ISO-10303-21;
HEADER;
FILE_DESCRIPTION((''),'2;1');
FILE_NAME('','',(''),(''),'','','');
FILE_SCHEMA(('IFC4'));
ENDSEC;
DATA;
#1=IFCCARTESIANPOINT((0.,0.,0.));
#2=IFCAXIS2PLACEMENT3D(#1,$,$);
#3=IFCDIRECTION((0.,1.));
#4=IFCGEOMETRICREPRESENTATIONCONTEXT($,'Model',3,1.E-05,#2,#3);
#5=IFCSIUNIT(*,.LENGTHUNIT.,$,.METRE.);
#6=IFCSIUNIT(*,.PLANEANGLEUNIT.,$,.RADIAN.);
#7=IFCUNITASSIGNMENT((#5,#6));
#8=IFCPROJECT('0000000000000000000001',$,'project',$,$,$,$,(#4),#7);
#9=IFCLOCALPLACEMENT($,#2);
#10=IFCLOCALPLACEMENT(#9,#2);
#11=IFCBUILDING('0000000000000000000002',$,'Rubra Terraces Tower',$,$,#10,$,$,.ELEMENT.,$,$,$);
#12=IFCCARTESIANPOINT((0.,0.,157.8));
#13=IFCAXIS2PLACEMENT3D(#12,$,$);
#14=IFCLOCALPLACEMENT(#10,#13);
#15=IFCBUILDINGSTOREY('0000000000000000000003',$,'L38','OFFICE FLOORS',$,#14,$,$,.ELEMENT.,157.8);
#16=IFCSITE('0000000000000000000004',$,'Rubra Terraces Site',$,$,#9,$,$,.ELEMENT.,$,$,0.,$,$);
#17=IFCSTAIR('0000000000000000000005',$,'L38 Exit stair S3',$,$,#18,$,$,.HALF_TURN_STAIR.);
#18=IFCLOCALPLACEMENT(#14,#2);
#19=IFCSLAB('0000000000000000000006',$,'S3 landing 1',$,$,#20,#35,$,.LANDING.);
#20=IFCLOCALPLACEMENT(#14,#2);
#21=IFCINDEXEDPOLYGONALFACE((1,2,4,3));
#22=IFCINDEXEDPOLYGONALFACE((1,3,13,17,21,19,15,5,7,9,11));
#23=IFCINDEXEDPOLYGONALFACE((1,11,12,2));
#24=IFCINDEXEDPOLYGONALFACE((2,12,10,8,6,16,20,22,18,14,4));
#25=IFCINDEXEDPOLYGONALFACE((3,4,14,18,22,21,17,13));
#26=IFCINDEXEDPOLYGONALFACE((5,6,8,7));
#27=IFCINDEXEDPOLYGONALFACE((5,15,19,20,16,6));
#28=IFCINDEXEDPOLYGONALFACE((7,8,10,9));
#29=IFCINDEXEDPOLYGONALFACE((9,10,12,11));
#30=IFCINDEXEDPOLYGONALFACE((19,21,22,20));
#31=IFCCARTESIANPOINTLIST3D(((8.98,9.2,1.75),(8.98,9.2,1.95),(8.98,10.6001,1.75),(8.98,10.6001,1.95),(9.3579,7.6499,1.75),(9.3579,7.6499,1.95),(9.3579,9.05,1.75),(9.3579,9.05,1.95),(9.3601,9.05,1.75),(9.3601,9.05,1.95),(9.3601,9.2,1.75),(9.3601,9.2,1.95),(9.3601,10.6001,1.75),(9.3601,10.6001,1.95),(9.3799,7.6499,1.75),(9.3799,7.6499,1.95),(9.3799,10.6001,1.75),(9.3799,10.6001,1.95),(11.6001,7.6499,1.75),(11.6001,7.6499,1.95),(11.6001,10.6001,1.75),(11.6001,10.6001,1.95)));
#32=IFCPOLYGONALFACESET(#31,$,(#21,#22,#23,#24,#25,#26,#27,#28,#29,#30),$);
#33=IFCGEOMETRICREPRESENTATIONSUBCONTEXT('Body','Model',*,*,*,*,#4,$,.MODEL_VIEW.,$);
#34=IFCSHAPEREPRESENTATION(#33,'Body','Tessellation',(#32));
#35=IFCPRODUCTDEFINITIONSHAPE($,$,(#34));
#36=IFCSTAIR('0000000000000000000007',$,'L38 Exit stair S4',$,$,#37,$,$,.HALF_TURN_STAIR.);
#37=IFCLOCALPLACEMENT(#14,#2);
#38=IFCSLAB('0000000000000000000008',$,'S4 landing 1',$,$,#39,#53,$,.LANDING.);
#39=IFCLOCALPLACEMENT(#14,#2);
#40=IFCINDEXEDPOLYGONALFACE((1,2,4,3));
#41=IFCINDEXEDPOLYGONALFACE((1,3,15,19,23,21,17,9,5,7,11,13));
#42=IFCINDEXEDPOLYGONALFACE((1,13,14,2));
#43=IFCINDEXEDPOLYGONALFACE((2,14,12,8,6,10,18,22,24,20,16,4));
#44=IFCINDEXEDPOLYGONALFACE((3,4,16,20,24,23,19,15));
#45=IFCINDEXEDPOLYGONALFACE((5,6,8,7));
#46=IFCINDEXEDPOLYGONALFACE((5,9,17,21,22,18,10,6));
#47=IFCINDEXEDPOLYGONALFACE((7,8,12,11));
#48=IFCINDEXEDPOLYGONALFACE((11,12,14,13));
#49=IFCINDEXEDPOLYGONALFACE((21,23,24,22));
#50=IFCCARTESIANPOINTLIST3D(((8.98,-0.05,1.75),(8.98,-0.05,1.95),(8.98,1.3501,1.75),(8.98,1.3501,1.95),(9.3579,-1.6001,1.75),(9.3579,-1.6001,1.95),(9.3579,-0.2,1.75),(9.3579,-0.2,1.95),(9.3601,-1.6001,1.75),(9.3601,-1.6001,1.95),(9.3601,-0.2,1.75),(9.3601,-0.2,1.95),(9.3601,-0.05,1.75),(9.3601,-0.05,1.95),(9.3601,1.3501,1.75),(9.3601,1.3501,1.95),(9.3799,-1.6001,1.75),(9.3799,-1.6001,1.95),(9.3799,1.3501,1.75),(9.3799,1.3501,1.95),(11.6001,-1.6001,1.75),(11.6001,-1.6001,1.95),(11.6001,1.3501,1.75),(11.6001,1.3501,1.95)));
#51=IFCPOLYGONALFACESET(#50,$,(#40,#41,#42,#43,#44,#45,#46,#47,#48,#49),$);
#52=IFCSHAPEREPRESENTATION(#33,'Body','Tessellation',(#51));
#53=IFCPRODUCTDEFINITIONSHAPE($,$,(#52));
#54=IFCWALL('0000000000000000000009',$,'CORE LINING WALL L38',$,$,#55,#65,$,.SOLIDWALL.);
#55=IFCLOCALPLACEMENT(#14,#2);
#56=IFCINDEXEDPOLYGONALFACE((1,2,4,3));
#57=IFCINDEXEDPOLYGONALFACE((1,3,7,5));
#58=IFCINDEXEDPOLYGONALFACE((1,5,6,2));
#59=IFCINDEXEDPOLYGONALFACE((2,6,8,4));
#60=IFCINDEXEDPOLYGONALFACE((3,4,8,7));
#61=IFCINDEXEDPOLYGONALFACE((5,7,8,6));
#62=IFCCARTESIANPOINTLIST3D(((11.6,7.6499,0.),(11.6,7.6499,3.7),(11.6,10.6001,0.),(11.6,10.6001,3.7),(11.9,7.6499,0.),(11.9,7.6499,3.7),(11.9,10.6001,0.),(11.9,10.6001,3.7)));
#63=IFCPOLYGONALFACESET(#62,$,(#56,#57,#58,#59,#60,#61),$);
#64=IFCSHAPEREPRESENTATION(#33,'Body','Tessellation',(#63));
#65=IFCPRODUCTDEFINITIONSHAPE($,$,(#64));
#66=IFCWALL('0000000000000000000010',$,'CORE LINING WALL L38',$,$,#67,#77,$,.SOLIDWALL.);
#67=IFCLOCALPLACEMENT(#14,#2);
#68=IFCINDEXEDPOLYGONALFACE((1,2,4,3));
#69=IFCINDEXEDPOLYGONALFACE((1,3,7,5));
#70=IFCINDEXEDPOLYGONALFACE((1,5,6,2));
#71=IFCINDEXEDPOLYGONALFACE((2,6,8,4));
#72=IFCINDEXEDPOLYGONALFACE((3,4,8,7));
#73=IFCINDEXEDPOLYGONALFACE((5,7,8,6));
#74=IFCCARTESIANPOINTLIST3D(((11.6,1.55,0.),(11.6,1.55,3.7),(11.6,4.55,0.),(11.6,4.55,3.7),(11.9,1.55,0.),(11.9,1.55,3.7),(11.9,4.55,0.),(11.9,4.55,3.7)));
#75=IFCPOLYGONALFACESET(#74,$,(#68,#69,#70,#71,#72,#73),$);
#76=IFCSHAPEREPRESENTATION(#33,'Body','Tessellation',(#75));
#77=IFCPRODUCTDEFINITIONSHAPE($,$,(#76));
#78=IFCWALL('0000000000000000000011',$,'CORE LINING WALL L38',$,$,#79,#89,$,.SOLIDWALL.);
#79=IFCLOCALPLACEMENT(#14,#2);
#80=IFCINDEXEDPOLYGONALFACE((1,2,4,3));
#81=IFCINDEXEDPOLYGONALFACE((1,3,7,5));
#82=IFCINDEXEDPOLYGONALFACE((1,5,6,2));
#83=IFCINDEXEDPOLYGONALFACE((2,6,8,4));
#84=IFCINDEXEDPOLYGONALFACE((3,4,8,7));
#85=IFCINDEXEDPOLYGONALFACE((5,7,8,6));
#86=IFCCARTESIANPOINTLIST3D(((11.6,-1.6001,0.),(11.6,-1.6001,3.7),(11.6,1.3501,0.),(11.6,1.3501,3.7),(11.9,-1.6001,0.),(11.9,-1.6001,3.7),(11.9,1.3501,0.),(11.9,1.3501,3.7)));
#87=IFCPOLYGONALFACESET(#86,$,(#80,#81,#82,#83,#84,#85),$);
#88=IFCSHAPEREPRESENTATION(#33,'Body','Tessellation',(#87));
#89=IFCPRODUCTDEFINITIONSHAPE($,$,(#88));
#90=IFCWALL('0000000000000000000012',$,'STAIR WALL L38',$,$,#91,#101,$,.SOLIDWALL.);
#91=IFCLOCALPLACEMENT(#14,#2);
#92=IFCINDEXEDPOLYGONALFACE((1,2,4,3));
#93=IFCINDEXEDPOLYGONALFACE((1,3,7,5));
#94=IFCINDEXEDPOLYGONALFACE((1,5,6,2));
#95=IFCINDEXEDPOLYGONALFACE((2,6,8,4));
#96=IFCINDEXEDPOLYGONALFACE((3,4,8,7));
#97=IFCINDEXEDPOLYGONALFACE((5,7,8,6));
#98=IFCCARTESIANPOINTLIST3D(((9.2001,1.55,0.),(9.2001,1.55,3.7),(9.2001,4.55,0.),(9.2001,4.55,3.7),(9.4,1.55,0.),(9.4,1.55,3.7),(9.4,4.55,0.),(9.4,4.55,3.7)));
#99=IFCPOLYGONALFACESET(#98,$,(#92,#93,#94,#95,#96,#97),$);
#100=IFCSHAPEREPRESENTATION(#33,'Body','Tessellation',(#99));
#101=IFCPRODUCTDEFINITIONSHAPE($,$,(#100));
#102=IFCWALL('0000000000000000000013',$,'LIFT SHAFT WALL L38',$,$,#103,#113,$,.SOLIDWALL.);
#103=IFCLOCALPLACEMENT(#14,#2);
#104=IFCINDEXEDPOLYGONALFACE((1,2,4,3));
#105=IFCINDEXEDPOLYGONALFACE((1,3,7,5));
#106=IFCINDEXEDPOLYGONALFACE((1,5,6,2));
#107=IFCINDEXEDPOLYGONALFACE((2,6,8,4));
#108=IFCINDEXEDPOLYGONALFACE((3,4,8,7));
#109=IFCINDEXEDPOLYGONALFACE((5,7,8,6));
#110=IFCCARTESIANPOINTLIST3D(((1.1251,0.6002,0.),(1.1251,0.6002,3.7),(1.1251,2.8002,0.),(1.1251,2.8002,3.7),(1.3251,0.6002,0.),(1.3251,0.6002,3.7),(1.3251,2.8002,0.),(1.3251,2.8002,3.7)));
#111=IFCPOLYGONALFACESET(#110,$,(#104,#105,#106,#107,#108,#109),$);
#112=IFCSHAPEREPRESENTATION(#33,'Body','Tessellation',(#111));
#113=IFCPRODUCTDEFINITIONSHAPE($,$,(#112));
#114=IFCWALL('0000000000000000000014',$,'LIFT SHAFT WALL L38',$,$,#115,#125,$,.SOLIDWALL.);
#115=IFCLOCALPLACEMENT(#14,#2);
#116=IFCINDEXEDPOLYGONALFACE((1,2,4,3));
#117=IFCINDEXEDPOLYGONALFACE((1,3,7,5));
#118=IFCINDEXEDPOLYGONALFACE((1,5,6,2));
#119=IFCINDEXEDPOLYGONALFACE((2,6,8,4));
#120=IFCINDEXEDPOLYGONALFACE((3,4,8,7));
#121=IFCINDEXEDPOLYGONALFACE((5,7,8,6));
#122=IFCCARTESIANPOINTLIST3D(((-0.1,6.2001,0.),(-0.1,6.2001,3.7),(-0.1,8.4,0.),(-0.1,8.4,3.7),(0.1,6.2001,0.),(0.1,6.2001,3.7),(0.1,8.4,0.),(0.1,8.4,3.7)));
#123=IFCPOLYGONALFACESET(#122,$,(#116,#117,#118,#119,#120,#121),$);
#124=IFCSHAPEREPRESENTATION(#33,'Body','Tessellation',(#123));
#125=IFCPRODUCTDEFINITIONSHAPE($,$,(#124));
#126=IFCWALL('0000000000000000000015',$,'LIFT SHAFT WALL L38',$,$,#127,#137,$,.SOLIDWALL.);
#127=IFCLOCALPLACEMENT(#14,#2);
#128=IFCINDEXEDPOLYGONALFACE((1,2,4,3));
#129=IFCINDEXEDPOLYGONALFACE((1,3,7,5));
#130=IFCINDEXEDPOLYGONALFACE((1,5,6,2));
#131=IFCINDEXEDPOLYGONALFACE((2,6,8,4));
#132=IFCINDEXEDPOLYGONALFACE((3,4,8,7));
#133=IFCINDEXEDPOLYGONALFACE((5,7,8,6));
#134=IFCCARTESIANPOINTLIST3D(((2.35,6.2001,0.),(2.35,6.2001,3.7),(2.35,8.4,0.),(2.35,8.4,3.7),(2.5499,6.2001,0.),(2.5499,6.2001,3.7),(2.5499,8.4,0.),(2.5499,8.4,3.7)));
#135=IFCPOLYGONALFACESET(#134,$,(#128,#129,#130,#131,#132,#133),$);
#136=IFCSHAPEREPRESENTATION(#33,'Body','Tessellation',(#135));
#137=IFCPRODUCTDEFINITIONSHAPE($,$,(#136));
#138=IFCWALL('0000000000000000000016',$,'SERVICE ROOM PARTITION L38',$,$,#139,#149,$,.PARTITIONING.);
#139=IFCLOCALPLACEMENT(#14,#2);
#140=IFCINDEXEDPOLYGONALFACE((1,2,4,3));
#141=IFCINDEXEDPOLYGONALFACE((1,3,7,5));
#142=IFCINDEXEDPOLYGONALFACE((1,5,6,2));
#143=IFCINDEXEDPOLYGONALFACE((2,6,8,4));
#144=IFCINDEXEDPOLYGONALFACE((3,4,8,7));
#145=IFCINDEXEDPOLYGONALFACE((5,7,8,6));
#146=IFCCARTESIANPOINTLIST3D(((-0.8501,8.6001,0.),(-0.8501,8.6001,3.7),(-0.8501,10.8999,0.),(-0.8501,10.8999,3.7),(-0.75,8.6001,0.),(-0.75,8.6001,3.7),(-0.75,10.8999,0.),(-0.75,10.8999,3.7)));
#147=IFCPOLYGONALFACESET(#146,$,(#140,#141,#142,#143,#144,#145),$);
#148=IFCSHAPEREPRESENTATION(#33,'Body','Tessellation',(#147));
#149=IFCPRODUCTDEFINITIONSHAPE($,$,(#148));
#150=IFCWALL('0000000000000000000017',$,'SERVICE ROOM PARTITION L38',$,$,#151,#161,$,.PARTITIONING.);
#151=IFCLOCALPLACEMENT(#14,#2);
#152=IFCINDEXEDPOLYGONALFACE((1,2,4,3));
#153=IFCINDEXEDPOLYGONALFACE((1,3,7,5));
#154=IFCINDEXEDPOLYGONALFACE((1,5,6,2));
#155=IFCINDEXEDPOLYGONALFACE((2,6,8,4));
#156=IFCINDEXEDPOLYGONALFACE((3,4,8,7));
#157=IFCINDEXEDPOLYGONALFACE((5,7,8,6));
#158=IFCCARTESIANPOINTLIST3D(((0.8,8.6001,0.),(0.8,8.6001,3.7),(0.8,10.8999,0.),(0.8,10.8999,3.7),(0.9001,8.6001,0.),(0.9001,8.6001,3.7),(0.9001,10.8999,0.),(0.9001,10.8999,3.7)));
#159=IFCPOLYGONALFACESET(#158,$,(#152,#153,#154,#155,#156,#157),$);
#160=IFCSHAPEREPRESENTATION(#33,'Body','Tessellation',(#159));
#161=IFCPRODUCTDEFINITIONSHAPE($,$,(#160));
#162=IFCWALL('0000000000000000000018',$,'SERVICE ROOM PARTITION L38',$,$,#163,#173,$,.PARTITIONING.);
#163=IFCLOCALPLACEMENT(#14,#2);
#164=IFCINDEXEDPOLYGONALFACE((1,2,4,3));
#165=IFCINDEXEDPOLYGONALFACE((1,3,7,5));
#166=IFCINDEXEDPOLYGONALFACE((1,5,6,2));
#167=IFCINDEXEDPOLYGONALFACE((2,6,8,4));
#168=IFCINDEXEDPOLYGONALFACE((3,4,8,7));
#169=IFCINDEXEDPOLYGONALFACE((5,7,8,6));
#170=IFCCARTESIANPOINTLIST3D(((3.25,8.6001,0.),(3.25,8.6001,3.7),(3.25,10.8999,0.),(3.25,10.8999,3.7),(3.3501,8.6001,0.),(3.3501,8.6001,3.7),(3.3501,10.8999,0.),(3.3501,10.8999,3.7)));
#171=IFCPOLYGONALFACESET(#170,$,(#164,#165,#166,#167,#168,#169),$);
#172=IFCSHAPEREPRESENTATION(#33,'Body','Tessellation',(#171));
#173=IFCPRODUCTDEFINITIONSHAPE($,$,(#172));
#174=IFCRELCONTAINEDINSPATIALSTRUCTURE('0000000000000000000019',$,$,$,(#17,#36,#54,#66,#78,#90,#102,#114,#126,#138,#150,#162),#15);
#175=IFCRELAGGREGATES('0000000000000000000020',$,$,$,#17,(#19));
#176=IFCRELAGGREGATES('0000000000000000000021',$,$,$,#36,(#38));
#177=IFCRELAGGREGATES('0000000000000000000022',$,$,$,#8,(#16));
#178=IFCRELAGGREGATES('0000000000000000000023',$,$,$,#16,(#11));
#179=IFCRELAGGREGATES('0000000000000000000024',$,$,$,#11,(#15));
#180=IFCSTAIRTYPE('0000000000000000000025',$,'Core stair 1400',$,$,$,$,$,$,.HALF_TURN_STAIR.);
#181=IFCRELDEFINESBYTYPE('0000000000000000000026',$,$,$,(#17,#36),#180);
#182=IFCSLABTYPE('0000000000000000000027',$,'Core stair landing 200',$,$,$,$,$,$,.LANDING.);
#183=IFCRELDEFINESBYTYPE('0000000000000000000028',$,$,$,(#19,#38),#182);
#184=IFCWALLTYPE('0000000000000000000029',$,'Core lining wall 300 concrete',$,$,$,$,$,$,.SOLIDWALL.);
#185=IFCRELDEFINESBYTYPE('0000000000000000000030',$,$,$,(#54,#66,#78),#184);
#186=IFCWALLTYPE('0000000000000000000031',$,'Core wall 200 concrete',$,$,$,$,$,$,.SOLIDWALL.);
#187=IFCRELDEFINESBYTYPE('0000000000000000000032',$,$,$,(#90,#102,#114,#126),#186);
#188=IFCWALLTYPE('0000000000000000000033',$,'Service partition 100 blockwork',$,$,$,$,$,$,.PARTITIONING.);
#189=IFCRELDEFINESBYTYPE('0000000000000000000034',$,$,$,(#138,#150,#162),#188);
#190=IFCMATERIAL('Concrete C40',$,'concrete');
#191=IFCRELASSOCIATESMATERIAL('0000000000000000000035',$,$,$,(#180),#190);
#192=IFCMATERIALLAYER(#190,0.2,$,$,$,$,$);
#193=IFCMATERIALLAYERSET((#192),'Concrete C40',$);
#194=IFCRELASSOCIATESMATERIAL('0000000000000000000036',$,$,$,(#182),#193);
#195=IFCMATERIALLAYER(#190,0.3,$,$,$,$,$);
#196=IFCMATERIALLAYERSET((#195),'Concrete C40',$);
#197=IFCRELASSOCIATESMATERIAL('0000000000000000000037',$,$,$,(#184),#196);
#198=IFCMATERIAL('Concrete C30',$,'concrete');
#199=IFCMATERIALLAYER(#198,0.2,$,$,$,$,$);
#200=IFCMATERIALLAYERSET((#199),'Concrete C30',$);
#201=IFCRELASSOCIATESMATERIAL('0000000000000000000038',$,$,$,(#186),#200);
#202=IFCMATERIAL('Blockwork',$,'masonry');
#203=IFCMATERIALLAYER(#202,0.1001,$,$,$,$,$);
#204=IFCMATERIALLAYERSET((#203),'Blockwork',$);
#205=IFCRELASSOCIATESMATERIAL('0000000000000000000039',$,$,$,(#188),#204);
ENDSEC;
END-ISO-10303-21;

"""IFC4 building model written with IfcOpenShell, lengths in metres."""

from ifc_helpers import new_model, si_unit, direction, frame, frame_2d, origin, place, context, subcontext, project, spatial, polyline, rectangle, outline, extrude, material, layer, layer_set, type_object, element, aggregate, save


model = new_model("IFC4")

# Units and contexts
model_context = context("Model", 3, precision=1e-05, world=origin(), true_north=direction((0.0, 1.0)))
body_context = subcontext(model_context, "Body", "Model", "MODEL_VIEW")
ifc_project = project(units=[si_unit("LENGTHUNIT", "METRE"), si_unit("PLANEANGLEUNIT", "RADIAN")], contexts=[model_context])

# Site, building, storey
site_placement = place(None, origin())
site = spatial("IfcSite", under=ifc_project, at=site_placement, Name="Rubra Terraces Site", CompositionType="ELEMENT", RefElevation=0.0)
building_placement = place(site_placement, origin())
building = spatial("IfcBuilding", under=site, at=building_placement, Name="Rubra Terraces Tower", CompositionType="ELEMENT")
storey_placement = place(building_placement, frame((0.0, 0.0, 157.8)))
storey = spatial("IfcBuildingStorey", under=building, at=storey_placement, Name="L38", Description="OFFICE FLOORS", CompositionType="ELEMENT", Elevation=157.8)

# Stairs, slabs
ifc_material_1 = material(Name="Concrete C40", Category="concrete")
stair_type = type_object("IfcStairType", Name="Core stair 1400", PredefinedType="HALF_TURN_STAIR", material=ifc_material_1)
stair_1_placement = place(storey_placement, origin())
stair_1 = element("IfcStair", 1, at=stair_1_placement, inside=storey, type_object=stair_type, Name="L38 Exit stair S3", PredefinedType="HALF_TURN_STAIR")
ifc_layer_1 = layer(ifc_material_1, 0.2)
ifc_layer_set_1 = layer_set([ifc_layer_1], Name="Concrete C40")
slab_type = type_object("IfcSlabType", Name="Core stair landing 200", PredefinedType="LANDING", material=ifc_layer_set_1)
slab_1_placement = place(storey_placement, frame((0.0, 0.0, 1.75)))
slab_1 = element("IfcSlab", 2, at=slab_1_placement, type_object=slab_type, Name="S3 landing 1", PredefinedType="LANDING", context=body_context, shape_type="SweptSolid", body=[
    extrude(outline(polyline([(9.3601, 9.05), (9.3601, 9.2), (8.98, 9.2), (8.98, 10.6001), (9.3601, 10.6001), (9.3799, 10.6001), (11.6001, 10.6001), (11.6001, 7.6499), (9.3799, 7.6499), (9.3579, 7.6499), (9.3579, 9.05), (9.3601, 9.05)])), origin(), (0.0, 0.0, 1.0), 0.2),
])
stair_2_placement = place(storey_placement, origin())
stair_2 = element("IfcStair", 3, at=stair_2_placement, inside=storey, type_object=stair_type, Name="L38 Exit stair S4", PredefinedType="HALF_TURN_STAIR")
slab_2_placement = place(storey_placement, frame((0.0, 0.0, 1.75)))
slab_2 = element("IfcSlab", 4, at=slab_2_placement, type_object=slab_type, Name="S4 landing 1", PredefinedType="LANDING", context=body_context, shape_type="SweptSolid", body=[
    extrude(outline(polyline([(9.3601, -0.2), (9.3601, -0.05), (8.98, -0.05), (8.98, 1.3501), (9.3601, 1.3501), (9.3799, 1.3501), (11.6001, 1.3501), (11.6001, -1.6001), (9.3799, -1.6001), (9.3601, -1.6001), (9.3579, -1.6001), (9.3579, -0.2), (9.3601, -0.2)])), origin(), (0.0, 0.0, 1.0), 0.2),
])

# Walls
ifc_layer_2 = layer(ifc_material_1, 0.3)
ifc_layer_set_2 = layer_set([ifc_layer_2], Name="Concrete C40")
wall_type_1 = type_object("IfcWallType", Name="Core lining wall 300 concrete", PredefinedType="SOLIDWALL", material=ifc_layer_set_2)
wall_1_placement = place(storey_placement, frame((11.75, 10.6001, 0.0), z_axis=(0.0, 0.0, 1.0), x_axis=(0.0, -1.0, 0.0)))
element("IfcWall", 5, at=wall_1_placement, inside=storey, type_object=wall_type_1, Name="CORE LINING WALL L38", PredefinedType="SOLIDWALL", context=body_context, shape_type="SweptSolid", body=[
    extrude(rectangle(XDim=2.9502, YDim=0.3, at=frame_2d((1.4751, 0.0))), origin(), (0.0, 0.0, 1.0), 3.7),
])
wall_2_placement = place(storey_placement, frame((11.75, 4.55, 0.0), z_axis=(0.0, 0.0, 1.0), x_axis=(0.0, -1.0, 0.0)))
element("IfcWall", 6, at=wall_2_placement, inside=storey, type_object=wall_type_1, Name="CORE LINING WALL L38", PredefinedType="SOLIDWALL", context=body_context, shape_type="SweptSolid", body=[
    extrude(rectangle(XDim=3.0, YDim=0.3, at=frame_2d((1.5, 0.0))), origin(), (0.0, 0.0, 1.0), 3.7),
])
wall_3_placement = place(storey_placement, frame((11.75, 1.3501, 0.0), z_axis=(0.0, 0.0, 1.0), x_axis=(0.0, -1.0, 0.0)))
element("IfcWall", 7, at=wall_3_placement, inside=storey, type_object=wall_type_1, Name="CORE LINING WALL L38", PredefinedType="SOLIDWALL", context=body_context, shape_type="SweptSolid", body=[
    extrude(rectangle(XDim=2.9502, YDim=0.3, at=frame_2d((1.4751, 0.0))), origin(), (0.0, 0.0, 1.0), 3.7),
])
ifc_material_2 = material(Name="Concrete C30", Category="concrete")
ifc_layer_3 = layer(ifc_material_2, 0.2)
ifc_layer_set_3 = layer_set([ifc_layer_3], Name="Concrete C30")
wall_type_2 = type_object("IfcWallType", Name="Core wall 200 concrete", PredefinedType="SOLIDWALL", material=ifc_layer_set_3)
wall_4_placement = place(storey_placement, frame((9.3, 4.55, 0.0), z_axis=(0.0, 0.0, 1.0), x_axis=(0.0, -1.0, 0.0)))
element("IfcWall", 8, at=wall_4_placement, inside=storey, type_object=wall_type_2, Name="STAIR WALL L38", PredefinedType="SOLIDWALL", context=body_context, shape_type="SweptSolid", body=[
    extrude(rectangle(XDim=3.0, YDim=0.2, at=frame_2d((1.5, 0.0))), origin(), (0.0, 0.0, 1.0), 3.7),
])
for number, where, z_axis, x_axis, name in (
    (9, (1.2251, 0.6001, 0.0), (0.0, 0.0, 1.0), (0.0, 1.0, 0.0), "LIFT SHAFT WALL L38"),
    (10, (0.0, 6.2, 0.0), (0.0, 0.0, 1.0), (0.0, 1.0, 0.0), "LIFT SHAFT WALL L38"),
    (11, (2.45, 6.2, 0.0), (0.0, 0.0, 1.0), (0.0, 1.0, 0.0), "LIFT SHAFT WALL L38"),
):
    element("IfcWall", number, at=place(storey_placement, frame(where, z_axis=z_axis, x_axis=x_axis)), inside=storey, type_object=wall_type_2, Name=name, PredefinedType="SOLIDWALL", context=body_context, shape_type="SweptSolid", body=[
        extrude(rectangle(XDim=2.2, YDim=0.2, at=frame_2d((1.1001, 0.0))), origin(), (0.0, 0.0, 1.0), 3.7),
    ])
ifc_material_3 = material(Name="Blockwork", Category="masonry")
ifc_layer_4 = layer(ifc_material_3, 0.1001)
ifc_layer_set_4 = layer_set([ifc_layer_4], Name="Blockwork")
wall_type_3 = type_object("IfcWallType", Name="Service partition 100 blockwork", PredefinedType="PARTITIONING", material=ifc_layer_set_4)
for number, where, z_axis, x_axis, name in (
    (12, (-0.8, 8.6001, 0.0), (0.0, 0.0, 1.0), (0.0, 1.0, 0.0), "SERVICE ROOM PARTITION L38"),
    (13, (0.8501, 8.6001, 0.0), (0.0, 0.0, 1.0), (0.0, 1.0, 0.0), "SERVICE ROOM PARTITION L38"),
    (14, (3.3, 8.6001, 0.0), (0.0, 0.0, 1.0), (0.0, 1.0, 0.0), "SERVICE ROOM PARTITION L38"),
):
    element("IfcWall", number, at=place(storey_placement, frame(where, z_axis=z_axis, x_axis=x_axis)), inside=storey, type_object=wall_type_3, Name=name, PredefinedType="PARTITIONING", context=body_context, shape_type="SweptSolid", body=[
        extrude(rectangle(XDim=2.2998, YDim=0.1001, at=frame_2d((1.1499, 0.0))), origin(), (0.0, 0.0, 1.0), 3.7),
    ])

aggregate(stair_1, [slab_1])
aggregate(stair_2, [slab_2])

save(model, "model.ifc")
